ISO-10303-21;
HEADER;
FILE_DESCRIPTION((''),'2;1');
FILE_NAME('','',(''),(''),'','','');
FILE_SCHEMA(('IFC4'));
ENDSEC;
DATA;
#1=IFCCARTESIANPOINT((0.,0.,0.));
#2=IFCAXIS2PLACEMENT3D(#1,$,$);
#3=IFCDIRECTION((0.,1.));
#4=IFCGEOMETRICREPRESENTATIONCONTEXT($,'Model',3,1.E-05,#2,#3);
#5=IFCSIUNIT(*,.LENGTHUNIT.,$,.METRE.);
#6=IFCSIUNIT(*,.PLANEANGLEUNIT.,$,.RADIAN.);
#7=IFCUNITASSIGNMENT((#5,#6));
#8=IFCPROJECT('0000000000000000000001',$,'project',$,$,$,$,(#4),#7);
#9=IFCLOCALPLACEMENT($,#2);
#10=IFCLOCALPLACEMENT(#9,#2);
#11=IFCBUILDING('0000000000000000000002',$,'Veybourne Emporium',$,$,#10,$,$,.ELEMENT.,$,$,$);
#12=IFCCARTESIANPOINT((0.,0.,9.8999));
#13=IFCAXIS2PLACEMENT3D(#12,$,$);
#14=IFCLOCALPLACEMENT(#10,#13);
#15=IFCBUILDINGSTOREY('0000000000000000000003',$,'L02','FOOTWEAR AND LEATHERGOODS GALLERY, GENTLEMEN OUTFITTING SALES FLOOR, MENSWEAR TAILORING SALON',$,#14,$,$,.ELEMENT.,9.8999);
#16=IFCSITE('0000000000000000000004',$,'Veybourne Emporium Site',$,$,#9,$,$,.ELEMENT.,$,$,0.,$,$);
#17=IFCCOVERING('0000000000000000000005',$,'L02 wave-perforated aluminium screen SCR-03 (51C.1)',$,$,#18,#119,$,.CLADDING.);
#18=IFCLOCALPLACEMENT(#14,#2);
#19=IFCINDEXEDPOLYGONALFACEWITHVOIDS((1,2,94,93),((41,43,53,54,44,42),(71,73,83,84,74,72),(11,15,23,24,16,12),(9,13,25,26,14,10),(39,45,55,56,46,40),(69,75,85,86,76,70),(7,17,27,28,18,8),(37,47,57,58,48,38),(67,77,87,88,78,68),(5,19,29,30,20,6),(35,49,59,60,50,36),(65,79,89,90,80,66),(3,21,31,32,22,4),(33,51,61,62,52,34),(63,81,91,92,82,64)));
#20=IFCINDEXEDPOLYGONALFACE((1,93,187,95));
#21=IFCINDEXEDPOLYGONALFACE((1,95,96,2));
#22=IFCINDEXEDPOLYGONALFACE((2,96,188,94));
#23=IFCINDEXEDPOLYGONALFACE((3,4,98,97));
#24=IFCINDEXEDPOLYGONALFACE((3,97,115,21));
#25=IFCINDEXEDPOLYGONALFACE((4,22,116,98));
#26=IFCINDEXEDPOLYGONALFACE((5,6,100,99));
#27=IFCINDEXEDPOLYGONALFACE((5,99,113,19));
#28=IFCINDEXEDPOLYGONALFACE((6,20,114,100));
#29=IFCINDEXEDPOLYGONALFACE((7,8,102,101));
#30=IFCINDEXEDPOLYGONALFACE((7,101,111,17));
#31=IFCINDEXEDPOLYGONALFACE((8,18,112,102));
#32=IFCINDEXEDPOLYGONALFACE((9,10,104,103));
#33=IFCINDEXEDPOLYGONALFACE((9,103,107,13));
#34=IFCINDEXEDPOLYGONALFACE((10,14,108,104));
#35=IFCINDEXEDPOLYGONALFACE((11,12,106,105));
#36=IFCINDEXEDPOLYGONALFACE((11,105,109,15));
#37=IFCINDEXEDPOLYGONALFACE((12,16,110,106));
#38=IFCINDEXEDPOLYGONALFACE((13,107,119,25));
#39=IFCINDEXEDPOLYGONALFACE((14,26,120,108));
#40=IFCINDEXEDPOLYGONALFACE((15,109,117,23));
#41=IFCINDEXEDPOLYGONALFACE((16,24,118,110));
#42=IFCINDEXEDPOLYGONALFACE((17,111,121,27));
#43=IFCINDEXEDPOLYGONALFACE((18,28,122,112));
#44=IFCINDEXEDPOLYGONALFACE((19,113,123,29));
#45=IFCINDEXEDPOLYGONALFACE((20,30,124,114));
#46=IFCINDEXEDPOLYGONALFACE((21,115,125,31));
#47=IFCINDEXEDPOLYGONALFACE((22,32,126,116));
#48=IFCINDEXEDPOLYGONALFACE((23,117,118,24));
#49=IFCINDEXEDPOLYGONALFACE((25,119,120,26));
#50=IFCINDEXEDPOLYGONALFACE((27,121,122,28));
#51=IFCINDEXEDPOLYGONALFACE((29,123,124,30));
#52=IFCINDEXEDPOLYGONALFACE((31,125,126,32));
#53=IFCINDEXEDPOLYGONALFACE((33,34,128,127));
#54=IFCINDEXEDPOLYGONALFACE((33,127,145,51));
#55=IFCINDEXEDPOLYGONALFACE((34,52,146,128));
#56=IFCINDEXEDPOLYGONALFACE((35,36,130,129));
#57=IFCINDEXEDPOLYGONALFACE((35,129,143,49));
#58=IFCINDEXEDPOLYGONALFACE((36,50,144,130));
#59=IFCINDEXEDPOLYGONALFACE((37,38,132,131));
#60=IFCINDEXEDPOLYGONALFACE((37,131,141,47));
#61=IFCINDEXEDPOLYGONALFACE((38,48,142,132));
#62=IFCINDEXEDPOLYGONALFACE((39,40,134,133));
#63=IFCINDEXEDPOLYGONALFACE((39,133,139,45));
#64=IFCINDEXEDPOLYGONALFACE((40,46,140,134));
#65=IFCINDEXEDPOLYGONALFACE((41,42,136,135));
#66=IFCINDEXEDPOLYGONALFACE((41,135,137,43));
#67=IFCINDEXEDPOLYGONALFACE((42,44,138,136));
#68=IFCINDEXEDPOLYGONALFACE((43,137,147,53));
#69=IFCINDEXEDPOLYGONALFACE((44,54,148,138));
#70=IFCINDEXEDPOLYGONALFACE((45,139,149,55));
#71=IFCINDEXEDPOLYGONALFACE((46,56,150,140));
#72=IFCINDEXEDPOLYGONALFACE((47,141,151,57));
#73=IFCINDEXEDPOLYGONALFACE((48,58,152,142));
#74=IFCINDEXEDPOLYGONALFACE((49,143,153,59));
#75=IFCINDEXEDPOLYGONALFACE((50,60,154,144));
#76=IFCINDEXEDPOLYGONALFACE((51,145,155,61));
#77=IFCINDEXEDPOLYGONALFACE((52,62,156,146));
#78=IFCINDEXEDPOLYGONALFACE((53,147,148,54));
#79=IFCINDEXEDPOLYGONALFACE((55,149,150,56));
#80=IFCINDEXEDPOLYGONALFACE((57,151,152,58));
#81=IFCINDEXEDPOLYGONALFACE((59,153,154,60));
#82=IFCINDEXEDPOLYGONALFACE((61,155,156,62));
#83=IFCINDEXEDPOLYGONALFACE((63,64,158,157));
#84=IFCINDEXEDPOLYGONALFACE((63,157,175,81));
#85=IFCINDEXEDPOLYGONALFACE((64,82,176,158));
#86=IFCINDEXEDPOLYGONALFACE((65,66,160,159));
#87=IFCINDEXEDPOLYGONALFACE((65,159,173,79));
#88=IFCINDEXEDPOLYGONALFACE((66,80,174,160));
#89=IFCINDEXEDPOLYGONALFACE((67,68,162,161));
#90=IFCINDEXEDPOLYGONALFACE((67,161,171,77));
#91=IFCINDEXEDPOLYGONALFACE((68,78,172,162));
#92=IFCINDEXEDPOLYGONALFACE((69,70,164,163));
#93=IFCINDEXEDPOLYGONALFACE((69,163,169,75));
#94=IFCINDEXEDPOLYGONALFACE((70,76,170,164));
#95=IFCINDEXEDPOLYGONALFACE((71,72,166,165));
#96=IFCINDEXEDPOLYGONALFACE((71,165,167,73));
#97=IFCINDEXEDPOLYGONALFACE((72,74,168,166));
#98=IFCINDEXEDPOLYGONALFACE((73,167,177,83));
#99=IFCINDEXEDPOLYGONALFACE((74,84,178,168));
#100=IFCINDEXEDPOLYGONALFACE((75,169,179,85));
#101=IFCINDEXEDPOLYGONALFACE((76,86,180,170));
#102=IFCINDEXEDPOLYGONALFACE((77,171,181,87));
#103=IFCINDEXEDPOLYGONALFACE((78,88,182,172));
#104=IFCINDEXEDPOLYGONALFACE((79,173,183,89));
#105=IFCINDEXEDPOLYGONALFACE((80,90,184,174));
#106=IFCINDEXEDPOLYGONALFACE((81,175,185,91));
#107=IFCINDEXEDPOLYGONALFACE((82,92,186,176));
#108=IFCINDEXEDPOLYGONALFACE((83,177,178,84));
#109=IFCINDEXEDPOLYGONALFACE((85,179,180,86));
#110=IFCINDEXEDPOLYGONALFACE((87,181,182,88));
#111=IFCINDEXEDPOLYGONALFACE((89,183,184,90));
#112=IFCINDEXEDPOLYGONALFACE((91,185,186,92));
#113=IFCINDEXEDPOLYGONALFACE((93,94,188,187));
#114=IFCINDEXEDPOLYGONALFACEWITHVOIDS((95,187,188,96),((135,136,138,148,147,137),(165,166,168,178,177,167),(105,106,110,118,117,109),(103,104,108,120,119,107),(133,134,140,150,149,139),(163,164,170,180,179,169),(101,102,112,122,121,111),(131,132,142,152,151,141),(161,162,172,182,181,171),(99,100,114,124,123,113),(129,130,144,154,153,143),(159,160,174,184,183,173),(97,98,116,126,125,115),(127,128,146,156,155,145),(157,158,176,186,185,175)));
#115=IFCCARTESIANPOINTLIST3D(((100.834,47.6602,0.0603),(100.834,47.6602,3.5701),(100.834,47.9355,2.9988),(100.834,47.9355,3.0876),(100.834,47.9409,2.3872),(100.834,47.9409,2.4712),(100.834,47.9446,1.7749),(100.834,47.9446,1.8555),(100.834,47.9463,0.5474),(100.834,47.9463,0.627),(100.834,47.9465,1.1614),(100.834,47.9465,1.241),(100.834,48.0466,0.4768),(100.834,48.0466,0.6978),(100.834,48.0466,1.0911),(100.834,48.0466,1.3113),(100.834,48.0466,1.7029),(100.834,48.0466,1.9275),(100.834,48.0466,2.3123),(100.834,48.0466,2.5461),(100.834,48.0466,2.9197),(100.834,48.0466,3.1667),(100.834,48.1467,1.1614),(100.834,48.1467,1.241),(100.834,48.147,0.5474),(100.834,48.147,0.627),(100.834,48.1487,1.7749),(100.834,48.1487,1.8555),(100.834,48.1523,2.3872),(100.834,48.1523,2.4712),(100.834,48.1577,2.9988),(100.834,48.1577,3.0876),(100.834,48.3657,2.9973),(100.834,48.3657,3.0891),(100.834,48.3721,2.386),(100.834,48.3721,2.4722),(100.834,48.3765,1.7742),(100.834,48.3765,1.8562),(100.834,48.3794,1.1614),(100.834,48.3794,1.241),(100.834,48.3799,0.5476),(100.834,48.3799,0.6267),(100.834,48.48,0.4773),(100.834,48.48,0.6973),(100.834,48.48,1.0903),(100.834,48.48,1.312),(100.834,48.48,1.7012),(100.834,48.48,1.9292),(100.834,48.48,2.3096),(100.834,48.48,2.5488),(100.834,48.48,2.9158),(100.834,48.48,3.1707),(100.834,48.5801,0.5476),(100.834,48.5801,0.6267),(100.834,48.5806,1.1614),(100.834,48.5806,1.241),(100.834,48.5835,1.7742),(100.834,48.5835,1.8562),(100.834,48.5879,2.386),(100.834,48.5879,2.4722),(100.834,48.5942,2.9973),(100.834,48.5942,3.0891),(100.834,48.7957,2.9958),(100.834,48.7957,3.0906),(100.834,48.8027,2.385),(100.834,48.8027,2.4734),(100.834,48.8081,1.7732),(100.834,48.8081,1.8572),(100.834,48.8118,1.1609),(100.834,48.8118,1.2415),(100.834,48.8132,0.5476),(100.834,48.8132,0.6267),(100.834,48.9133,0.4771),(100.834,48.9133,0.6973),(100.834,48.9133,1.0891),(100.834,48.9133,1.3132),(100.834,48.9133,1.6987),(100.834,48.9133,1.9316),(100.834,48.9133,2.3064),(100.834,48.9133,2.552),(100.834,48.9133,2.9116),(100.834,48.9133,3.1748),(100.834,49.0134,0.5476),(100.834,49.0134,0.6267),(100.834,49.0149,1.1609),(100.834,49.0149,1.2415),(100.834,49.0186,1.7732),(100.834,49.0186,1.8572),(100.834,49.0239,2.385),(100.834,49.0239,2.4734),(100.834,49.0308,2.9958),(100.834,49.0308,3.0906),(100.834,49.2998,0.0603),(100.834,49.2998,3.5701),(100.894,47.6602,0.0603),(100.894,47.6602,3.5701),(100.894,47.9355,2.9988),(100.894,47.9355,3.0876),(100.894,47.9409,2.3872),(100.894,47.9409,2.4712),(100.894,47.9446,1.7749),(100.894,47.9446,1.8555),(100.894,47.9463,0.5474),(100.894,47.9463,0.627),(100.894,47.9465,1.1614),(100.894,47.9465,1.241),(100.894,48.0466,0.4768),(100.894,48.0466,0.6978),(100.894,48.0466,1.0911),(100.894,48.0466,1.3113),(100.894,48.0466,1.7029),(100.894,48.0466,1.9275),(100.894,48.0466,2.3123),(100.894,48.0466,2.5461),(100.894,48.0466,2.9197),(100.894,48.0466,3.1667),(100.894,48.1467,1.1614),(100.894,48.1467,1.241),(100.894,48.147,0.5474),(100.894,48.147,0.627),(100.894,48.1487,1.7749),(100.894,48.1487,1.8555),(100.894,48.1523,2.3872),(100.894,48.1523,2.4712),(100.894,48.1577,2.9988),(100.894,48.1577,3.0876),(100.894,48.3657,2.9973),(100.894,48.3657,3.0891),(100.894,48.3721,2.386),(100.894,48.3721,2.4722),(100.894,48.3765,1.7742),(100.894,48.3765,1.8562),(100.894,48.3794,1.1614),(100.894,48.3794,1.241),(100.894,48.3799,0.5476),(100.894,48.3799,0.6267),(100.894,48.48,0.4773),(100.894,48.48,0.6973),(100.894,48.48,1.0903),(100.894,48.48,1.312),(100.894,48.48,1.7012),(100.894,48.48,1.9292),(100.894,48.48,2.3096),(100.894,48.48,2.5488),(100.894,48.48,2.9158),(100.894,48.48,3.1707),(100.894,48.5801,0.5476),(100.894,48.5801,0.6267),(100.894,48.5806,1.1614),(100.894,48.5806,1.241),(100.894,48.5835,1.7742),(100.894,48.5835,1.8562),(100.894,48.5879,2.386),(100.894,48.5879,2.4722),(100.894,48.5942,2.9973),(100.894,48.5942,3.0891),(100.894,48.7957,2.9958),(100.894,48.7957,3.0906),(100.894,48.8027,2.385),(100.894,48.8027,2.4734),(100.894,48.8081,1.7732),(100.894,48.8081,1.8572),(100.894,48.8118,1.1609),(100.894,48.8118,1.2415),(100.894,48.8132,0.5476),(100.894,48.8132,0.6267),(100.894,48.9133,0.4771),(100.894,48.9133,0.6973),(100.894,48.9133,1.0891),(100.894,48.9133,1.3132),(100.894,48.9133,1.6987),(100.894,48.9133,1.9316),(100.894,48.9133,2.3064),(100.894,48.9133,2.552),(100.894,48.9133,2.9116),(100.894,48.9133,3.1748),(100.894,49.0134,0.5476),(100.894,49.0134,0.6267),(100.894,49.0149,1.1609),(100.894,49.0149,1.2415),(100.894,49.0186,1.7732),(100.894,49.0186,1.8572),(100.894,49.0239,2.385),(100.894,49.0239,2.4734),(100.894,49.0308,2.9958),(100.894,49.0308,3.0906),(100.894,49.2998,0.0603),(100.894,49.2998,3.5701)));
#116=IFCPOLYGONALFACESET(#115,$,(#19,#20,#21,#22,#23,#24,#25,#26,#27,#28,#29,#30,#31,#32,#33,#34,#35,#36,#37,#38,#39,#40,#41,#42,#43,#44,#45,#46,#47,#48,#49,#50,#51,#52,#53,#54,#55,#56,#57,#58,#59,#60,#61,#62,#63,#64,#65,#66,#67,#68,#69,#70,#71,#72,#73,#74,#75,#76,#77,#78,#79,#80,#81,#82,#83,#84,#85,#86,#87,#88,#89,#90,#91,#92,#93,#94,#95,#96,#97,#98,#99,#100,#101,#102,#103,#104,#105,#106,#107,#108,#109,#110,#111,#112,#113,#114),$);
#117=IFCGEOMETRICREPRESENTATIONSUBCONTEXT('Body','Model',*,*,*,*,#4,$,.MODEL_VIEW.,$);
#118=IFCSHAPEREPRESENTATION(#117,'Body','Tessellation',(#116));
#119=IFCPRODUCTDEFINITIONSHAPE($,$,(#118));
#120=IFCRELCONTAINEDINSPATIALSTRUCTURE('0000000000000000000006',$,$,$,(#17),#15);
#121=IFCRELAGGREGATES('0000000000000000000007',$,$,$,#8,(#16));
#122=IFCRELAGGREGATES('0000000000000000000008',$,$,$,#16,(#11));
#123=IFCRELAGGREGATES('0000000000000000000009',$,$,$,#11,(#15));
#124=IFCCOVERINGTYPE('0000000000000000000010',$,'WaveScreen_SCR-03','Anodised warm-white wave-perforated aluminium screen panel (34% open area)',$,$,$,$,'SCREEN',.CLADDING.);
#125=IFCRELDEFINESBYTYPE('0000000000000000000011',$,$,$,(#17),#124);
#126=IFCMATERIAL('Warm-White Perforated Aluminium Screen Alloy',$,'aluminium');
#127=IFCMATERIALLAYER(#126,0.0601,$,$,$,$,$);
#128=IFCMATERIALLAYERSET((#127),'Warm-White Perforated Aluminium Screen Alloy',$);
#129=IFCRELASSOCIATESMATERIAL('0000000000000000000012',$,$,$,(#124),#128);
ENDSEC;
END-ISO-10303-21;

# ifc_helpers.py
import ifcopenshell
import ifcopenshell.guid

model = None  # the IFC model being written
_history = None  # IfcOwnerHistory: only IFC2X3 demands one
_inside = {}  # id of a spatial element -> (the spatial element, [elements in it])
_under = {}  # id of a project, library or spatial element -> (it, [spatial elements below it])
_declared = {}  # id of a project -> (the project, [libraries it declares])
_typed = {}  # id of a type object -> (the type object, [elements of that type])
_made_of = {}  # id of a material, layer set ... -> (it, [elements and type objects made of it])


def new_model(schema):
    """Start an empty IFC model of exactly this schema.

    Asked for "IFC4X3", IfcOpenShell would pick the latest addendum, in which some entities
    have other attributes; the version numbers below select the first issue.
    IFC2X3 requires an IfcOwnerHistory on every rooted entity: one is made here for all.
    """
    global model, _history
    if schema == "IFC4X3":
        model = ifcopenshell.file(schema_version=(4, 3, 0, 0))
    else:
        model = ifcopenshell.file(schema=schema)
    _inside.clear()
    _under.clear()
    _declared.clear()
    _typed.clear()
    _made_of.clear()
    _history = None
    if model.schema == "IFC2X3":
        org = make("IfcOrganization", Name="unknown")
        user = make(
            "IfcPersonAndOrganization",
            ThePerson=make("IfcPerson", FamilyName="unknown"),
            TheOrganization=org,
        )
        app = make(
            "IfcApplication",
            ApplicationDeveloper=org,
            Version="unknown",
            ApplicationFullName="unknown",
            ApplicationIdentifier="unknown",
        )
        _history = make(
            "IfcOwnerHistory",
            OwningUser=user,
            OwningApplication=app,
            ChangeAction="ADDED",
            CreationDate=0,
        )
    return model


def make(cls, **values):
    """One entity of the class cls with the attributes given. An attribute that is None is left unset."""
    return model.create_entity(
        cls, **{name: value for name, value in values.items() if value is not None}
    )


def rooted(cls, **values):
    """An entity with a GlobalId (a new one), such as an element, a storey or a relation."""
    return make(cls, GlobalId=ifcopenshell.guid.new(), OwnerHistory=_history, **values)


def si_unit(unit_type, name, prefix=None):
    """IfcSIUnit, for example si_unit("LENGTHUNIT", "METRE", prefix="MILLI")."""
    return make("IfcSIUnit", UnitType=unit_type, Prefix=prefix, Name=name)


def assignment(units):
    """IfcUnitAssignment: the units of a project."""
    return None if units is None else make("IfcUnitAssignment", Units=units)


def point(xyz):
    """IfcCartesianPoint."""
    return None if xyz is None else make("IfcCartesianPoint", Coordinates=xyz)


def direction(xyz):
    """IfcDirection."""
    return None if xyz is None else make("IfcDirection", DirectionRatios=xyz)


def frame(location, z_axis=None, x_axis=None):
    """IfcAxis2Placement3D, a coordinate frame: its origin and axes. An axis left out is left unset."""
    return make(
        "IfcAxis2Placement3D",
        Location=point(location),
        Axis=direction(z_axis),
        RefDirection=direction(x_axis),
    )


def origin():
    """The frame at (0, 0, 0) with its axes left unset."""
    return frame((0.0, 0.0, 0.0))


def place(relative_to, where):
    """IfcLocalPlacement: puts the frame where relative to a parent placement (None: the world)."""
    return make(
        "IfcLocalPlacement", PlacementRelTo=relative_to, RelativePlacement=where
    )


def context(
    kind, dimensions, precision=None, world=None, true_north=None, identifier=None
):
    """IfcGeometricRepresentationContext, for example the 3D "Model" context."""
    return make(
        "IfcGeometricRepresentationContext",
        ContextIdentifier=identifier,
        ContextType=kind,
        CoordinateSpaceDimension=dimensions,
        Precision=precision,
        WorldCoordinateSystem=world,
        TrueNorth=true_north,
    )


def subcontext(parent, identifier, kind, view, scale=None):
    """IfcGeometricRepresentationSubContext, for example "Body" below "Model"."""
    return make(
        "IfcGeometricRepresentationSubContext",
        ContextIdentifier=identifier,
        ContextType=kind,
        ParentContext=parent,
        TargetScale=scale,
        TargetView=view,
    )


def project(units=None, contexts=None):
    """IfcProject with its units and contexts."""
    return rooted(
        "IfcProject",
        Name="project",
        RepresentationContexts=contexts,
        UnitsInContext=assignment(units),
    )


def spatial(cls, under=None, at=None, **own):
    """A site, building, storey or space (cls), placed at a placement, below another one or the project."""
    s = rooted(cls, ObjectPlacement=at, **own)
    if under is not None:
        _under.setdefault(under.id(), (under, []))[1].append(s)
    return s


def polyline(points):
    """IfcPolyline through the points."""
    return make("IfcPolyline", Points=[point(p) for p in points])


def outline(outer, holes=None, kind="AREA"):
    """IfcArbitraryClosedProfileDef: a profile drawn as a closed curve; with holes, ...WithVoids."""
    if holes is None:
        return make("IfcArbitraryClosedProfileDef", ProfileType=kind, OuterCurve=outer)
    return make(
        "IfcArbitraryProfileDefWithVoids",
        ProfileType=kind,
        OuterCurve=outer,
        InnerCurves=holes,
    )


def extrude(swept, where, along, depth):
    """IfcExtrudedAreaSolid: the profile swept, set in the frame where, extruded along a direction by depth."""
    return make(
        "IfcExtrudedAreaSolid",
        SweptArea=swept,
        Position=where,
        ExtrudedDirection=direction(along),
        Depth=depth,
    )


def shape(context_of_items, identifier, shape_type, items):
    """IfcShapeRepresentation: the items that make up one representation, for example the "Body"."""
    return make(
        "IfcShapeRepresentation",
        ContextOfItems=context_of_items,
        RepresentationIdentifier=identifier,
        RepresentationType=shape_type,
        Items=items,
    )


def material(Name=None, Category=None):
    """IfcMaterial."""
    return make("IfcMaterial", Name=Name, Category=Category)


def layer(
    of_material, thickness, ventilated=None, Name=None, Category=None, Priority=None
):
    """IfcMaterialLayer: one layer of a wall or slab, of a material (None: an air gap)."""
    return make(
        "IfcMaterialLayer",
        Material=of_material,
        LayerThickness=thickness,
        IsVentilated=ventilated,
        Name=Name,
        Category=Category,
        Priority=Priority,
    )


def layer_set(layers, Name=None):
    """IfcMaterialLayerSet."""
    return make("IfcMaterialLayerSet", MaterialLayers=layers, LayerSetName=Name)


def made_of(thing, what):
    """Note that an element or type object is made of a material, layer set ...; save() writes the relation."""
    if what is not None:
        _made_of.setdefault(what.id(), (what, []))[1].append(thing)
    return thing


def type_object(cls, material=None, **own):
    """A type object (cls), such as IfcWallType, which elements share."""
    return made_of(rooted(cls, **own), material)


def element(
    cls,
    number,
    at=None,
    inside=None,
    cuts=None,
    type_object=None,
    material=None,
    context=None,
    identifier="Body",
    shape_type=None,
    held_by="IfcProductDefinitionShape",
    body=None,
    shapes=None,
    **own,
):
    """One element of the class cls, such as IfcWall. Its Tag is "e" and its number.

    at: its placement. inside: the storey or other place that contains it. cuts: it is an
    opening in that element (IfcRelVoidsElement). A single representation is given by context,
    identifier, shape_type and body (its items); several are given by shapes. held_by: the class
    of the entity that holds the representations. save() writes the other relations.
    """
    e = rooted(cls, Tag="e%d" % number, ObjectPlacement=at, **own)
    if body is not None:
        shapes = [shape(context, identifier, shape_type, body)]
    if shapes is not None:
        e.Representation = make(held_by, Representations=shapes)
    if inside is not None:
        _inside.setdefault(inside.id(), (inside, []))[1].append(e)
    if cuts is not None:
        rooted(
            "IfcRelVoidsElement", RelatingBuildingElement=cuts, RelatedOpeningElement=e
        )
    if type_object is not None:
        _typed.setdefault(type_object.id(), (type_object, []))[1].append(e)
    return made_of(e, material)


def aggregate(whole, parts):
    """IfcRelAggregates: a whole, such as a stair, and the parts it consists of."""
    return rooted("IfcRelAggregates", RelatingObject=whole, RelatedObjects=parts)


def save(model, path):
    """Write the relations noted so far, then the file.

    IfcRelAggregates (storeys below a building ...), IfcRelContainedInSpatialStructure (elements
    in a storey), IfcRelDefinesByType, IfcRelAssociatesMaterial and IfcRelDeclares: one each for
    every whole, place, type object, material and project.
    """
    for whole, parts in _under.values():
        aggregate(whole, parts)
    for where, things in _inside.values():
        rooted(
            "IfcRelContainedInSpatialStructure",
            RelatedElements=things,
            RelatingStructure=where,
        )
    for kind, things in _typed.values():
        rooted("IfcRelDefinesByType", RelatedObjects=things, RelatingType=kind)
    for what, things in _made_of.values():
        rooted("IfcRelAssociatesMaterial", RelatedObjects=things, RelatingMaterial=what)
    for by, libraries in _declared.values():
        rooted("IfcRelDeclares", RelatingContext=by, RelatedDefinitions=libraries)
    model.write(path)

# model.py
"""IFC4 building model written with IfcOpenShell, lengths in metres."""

from ifc_helpers import new_model, si_unit, direction, frame, origin, place, context, subcontext, project, spatial, polyline, outline, extrude, material, layer, layer_set, type_object, element, save


model = new_model("IFC4")

# Units and contexts
model_context = context("Model", 3, precision=1e-05, world=origin(), true_north=direction((0.0, 1.0)))
body_context = subcontext(model_context, "Body", "Model", "MODEL_VIEW")
ifc_project = project(units=[si_unit("LENGTHUNIT", "METRE"), si_unit("PLANEANGLEUNIT", "RADIAN")], contexts=[model_context])

# Site, building, storey
site_placement = place(None, origin())
site = spatial("IfcSite", under=ifc_project, at=site_placement, Name="Veybourne Emporium Site", CompositionType="ELEMENT", RefElevation=0.0)
building_placement = place(site_placement, origin())
building = spatial("IfcBuilding", under=site, at=building_placement, Name="Veybourne Emporium", CompositionType="ELEMENT")
storey_placement = place(building_placement, frame((0.0, 0.0, 9.8999)))
storey = spatial("IfcBuildingStorey", under=building, at=storey_placement, Name="L02", Description="FOOTWEAR AND LEATHERGOODS GALLERY, GENTLEMEN OUTFITTING SALES FLOOR, MENSWEAR TAILORING SALON", CompositionType="ELEMENT", Elevation=9.8999)

# Covering
ifc_material_1 = material(Name="Warm-White Perforated Aluminium Screen Alloy", Category="aluminium")
ifc_layer_1 = layer(ifc_material_1, 0.0601)
ifc_layer_set_1 = layer_set([ifc_layer_1], Name="Warm-White Perforated Aluminium Screen Alloy")
covering_type_1 = type_object("IfcCoveringType", Name="WaveScreen_SCR-03", Description="Anodised warm-white wave-perforated aluminium screen panel (34% open area)", ElementType="SCREEN", PredefinedType="CLADDING", material=ifc_layer_set_1)
covering_1_placement = place(storey_placement, frame((100.894, 48.48, 1.8152), z_axis=(-1.0, 0.0, 0.0), x_axis=(0.0, -1.0, 0.0)))
element("IfcCovering", 1, at=covering_1_placement, inside=storey, type_object=covering_type_1, Name="L02 wave-perforated aluminium screen SCR-03 (51C.1)", PredefinedType="CLADDING", context=body_context, shape_type="SweptSolid", body=[
    extrude(outline(polyline([(-0.8198, -1.7549), (0.8198, -1.7549), (0.8198, 1.7549), (-0.8198, 1.7549), (-0.8198, -1.7549)]), holes=[polyline([(-0.4333, -1.1179), (-0.3333, -1.1885), (-0.3333, -1.2676), (-0.4333, -1.3381), (-0.5334, -1.2676), (-0.5334, -1.1885), (-0.4333, -1.1179)]), polyline([(-0.4333, -0.502), (-0.3318, -0.5737), (-0.3318, -0.6543), (-0.4333, -0.7261), (-0.5349, -0.6543), (-0.5349, -0.5737), (-0.4333, -0.502)]), polyline([(-0.4333, 0.1165), (-0.3281, 0.042), (-0.3281, -0.042), (-0.4333, -0.1165), (-0.5386, -0.042), (-0.5386, 0.042), (-0.4333, 0.1165)]), polyline([(-0.4333, 0.7368), (-0.3228, 0.6582), (-0.3228, 0.5698), (-0.4333, 0.4912), (-0.5439, 0.5698), (-0.5439, 0.6582), (-0.4333, 0.7368)]), polyline([(-0.4333, 1.3596), (-0.3157, 1.2754), (-0.3157, 1.1807), (-0.4333, 1.0964), (-0.5508, 1.1807), (-0.5508, 1.2754), (-0.4333, 1.3596)]), polyline([(0.0, -1.1179), (0.1001, -1.1885), (0.1001, -1.2676), (0.0, -1.3379), (-0.1001, -1.2676), (-0.1001, -1.1885), (0.0, -1.1179)]), polyline([(0.0, -0.5032), (0.1006, -0.5742), (0.1006, -0.6538), (0.0, -0.7249), (-0.1006, -0.6538), (-0.1006, -0.5742), (0.0, -0.5032)]), polyline([(0.0, 0.114), (0.1035, 0.041), (0.1035, -0.041), (0.0, -0.114), (-0.1035, -0.041), (-0.1035, 0.041), (0.0, 0.114)]), polyline([(0.0, 0.7336), (0.1079, 0.657), (0.1079, 0.5708), (0.0, 0.4944), (-0.1079, 0.5708), (-0.1079, 0.657), (0.0, 0.7336)]), polyline([(0.0, 1.3555), (0.1143, 1.2739), (0.1143, 1.1821), (0.0, 1.1006), (-0.1143, 1.1821), (-0.1143, 1.2739), (0.0, 1.3555)]), polyline([(0.4333, -1.1174), (0.5337, -1.1882), (0.5337, -1.2678), (0.4333, -1.3384), (0.333, -1.2678), (0.333, -1.1882), (0.4333, -1.1174)]), polyline([(0.4333, -0.5039), (0.5334, -0.5742), (0.5334, -0.6538), (0.4333, -0.7241), (0.3333, -0.6538), (0.3333, -0.5742), (0.4333, -0.5039)]), polyline([(0.4333, 0.1123), (0.5354, 0.0403), (0.5354, -0.0403), (0.4333, -0.1123), (0.3313, -0.0403), (0.3313, 0.0403), (0.4333, 0.1123)]), polyline([(0.4333, 0.731), (0.5391, 0.656), (0.5391, 0.572), (0.4333, 0.4971), (0.3276, 0.572), (0.3276, 0.656), (0.4333, 0.731)]), polyline([(0.4333, 1.3516), (0.5444, 1.2725), (0.5444, 1.1836), (0.4333, 1.1045), (0.3223, 1.1836), (0.3223, 1.2725), (0.4333, 1.3516)])]), origin(), (0.0, 0.0, 1.0), 0.0601),
])

save(model, "model.ifc")
